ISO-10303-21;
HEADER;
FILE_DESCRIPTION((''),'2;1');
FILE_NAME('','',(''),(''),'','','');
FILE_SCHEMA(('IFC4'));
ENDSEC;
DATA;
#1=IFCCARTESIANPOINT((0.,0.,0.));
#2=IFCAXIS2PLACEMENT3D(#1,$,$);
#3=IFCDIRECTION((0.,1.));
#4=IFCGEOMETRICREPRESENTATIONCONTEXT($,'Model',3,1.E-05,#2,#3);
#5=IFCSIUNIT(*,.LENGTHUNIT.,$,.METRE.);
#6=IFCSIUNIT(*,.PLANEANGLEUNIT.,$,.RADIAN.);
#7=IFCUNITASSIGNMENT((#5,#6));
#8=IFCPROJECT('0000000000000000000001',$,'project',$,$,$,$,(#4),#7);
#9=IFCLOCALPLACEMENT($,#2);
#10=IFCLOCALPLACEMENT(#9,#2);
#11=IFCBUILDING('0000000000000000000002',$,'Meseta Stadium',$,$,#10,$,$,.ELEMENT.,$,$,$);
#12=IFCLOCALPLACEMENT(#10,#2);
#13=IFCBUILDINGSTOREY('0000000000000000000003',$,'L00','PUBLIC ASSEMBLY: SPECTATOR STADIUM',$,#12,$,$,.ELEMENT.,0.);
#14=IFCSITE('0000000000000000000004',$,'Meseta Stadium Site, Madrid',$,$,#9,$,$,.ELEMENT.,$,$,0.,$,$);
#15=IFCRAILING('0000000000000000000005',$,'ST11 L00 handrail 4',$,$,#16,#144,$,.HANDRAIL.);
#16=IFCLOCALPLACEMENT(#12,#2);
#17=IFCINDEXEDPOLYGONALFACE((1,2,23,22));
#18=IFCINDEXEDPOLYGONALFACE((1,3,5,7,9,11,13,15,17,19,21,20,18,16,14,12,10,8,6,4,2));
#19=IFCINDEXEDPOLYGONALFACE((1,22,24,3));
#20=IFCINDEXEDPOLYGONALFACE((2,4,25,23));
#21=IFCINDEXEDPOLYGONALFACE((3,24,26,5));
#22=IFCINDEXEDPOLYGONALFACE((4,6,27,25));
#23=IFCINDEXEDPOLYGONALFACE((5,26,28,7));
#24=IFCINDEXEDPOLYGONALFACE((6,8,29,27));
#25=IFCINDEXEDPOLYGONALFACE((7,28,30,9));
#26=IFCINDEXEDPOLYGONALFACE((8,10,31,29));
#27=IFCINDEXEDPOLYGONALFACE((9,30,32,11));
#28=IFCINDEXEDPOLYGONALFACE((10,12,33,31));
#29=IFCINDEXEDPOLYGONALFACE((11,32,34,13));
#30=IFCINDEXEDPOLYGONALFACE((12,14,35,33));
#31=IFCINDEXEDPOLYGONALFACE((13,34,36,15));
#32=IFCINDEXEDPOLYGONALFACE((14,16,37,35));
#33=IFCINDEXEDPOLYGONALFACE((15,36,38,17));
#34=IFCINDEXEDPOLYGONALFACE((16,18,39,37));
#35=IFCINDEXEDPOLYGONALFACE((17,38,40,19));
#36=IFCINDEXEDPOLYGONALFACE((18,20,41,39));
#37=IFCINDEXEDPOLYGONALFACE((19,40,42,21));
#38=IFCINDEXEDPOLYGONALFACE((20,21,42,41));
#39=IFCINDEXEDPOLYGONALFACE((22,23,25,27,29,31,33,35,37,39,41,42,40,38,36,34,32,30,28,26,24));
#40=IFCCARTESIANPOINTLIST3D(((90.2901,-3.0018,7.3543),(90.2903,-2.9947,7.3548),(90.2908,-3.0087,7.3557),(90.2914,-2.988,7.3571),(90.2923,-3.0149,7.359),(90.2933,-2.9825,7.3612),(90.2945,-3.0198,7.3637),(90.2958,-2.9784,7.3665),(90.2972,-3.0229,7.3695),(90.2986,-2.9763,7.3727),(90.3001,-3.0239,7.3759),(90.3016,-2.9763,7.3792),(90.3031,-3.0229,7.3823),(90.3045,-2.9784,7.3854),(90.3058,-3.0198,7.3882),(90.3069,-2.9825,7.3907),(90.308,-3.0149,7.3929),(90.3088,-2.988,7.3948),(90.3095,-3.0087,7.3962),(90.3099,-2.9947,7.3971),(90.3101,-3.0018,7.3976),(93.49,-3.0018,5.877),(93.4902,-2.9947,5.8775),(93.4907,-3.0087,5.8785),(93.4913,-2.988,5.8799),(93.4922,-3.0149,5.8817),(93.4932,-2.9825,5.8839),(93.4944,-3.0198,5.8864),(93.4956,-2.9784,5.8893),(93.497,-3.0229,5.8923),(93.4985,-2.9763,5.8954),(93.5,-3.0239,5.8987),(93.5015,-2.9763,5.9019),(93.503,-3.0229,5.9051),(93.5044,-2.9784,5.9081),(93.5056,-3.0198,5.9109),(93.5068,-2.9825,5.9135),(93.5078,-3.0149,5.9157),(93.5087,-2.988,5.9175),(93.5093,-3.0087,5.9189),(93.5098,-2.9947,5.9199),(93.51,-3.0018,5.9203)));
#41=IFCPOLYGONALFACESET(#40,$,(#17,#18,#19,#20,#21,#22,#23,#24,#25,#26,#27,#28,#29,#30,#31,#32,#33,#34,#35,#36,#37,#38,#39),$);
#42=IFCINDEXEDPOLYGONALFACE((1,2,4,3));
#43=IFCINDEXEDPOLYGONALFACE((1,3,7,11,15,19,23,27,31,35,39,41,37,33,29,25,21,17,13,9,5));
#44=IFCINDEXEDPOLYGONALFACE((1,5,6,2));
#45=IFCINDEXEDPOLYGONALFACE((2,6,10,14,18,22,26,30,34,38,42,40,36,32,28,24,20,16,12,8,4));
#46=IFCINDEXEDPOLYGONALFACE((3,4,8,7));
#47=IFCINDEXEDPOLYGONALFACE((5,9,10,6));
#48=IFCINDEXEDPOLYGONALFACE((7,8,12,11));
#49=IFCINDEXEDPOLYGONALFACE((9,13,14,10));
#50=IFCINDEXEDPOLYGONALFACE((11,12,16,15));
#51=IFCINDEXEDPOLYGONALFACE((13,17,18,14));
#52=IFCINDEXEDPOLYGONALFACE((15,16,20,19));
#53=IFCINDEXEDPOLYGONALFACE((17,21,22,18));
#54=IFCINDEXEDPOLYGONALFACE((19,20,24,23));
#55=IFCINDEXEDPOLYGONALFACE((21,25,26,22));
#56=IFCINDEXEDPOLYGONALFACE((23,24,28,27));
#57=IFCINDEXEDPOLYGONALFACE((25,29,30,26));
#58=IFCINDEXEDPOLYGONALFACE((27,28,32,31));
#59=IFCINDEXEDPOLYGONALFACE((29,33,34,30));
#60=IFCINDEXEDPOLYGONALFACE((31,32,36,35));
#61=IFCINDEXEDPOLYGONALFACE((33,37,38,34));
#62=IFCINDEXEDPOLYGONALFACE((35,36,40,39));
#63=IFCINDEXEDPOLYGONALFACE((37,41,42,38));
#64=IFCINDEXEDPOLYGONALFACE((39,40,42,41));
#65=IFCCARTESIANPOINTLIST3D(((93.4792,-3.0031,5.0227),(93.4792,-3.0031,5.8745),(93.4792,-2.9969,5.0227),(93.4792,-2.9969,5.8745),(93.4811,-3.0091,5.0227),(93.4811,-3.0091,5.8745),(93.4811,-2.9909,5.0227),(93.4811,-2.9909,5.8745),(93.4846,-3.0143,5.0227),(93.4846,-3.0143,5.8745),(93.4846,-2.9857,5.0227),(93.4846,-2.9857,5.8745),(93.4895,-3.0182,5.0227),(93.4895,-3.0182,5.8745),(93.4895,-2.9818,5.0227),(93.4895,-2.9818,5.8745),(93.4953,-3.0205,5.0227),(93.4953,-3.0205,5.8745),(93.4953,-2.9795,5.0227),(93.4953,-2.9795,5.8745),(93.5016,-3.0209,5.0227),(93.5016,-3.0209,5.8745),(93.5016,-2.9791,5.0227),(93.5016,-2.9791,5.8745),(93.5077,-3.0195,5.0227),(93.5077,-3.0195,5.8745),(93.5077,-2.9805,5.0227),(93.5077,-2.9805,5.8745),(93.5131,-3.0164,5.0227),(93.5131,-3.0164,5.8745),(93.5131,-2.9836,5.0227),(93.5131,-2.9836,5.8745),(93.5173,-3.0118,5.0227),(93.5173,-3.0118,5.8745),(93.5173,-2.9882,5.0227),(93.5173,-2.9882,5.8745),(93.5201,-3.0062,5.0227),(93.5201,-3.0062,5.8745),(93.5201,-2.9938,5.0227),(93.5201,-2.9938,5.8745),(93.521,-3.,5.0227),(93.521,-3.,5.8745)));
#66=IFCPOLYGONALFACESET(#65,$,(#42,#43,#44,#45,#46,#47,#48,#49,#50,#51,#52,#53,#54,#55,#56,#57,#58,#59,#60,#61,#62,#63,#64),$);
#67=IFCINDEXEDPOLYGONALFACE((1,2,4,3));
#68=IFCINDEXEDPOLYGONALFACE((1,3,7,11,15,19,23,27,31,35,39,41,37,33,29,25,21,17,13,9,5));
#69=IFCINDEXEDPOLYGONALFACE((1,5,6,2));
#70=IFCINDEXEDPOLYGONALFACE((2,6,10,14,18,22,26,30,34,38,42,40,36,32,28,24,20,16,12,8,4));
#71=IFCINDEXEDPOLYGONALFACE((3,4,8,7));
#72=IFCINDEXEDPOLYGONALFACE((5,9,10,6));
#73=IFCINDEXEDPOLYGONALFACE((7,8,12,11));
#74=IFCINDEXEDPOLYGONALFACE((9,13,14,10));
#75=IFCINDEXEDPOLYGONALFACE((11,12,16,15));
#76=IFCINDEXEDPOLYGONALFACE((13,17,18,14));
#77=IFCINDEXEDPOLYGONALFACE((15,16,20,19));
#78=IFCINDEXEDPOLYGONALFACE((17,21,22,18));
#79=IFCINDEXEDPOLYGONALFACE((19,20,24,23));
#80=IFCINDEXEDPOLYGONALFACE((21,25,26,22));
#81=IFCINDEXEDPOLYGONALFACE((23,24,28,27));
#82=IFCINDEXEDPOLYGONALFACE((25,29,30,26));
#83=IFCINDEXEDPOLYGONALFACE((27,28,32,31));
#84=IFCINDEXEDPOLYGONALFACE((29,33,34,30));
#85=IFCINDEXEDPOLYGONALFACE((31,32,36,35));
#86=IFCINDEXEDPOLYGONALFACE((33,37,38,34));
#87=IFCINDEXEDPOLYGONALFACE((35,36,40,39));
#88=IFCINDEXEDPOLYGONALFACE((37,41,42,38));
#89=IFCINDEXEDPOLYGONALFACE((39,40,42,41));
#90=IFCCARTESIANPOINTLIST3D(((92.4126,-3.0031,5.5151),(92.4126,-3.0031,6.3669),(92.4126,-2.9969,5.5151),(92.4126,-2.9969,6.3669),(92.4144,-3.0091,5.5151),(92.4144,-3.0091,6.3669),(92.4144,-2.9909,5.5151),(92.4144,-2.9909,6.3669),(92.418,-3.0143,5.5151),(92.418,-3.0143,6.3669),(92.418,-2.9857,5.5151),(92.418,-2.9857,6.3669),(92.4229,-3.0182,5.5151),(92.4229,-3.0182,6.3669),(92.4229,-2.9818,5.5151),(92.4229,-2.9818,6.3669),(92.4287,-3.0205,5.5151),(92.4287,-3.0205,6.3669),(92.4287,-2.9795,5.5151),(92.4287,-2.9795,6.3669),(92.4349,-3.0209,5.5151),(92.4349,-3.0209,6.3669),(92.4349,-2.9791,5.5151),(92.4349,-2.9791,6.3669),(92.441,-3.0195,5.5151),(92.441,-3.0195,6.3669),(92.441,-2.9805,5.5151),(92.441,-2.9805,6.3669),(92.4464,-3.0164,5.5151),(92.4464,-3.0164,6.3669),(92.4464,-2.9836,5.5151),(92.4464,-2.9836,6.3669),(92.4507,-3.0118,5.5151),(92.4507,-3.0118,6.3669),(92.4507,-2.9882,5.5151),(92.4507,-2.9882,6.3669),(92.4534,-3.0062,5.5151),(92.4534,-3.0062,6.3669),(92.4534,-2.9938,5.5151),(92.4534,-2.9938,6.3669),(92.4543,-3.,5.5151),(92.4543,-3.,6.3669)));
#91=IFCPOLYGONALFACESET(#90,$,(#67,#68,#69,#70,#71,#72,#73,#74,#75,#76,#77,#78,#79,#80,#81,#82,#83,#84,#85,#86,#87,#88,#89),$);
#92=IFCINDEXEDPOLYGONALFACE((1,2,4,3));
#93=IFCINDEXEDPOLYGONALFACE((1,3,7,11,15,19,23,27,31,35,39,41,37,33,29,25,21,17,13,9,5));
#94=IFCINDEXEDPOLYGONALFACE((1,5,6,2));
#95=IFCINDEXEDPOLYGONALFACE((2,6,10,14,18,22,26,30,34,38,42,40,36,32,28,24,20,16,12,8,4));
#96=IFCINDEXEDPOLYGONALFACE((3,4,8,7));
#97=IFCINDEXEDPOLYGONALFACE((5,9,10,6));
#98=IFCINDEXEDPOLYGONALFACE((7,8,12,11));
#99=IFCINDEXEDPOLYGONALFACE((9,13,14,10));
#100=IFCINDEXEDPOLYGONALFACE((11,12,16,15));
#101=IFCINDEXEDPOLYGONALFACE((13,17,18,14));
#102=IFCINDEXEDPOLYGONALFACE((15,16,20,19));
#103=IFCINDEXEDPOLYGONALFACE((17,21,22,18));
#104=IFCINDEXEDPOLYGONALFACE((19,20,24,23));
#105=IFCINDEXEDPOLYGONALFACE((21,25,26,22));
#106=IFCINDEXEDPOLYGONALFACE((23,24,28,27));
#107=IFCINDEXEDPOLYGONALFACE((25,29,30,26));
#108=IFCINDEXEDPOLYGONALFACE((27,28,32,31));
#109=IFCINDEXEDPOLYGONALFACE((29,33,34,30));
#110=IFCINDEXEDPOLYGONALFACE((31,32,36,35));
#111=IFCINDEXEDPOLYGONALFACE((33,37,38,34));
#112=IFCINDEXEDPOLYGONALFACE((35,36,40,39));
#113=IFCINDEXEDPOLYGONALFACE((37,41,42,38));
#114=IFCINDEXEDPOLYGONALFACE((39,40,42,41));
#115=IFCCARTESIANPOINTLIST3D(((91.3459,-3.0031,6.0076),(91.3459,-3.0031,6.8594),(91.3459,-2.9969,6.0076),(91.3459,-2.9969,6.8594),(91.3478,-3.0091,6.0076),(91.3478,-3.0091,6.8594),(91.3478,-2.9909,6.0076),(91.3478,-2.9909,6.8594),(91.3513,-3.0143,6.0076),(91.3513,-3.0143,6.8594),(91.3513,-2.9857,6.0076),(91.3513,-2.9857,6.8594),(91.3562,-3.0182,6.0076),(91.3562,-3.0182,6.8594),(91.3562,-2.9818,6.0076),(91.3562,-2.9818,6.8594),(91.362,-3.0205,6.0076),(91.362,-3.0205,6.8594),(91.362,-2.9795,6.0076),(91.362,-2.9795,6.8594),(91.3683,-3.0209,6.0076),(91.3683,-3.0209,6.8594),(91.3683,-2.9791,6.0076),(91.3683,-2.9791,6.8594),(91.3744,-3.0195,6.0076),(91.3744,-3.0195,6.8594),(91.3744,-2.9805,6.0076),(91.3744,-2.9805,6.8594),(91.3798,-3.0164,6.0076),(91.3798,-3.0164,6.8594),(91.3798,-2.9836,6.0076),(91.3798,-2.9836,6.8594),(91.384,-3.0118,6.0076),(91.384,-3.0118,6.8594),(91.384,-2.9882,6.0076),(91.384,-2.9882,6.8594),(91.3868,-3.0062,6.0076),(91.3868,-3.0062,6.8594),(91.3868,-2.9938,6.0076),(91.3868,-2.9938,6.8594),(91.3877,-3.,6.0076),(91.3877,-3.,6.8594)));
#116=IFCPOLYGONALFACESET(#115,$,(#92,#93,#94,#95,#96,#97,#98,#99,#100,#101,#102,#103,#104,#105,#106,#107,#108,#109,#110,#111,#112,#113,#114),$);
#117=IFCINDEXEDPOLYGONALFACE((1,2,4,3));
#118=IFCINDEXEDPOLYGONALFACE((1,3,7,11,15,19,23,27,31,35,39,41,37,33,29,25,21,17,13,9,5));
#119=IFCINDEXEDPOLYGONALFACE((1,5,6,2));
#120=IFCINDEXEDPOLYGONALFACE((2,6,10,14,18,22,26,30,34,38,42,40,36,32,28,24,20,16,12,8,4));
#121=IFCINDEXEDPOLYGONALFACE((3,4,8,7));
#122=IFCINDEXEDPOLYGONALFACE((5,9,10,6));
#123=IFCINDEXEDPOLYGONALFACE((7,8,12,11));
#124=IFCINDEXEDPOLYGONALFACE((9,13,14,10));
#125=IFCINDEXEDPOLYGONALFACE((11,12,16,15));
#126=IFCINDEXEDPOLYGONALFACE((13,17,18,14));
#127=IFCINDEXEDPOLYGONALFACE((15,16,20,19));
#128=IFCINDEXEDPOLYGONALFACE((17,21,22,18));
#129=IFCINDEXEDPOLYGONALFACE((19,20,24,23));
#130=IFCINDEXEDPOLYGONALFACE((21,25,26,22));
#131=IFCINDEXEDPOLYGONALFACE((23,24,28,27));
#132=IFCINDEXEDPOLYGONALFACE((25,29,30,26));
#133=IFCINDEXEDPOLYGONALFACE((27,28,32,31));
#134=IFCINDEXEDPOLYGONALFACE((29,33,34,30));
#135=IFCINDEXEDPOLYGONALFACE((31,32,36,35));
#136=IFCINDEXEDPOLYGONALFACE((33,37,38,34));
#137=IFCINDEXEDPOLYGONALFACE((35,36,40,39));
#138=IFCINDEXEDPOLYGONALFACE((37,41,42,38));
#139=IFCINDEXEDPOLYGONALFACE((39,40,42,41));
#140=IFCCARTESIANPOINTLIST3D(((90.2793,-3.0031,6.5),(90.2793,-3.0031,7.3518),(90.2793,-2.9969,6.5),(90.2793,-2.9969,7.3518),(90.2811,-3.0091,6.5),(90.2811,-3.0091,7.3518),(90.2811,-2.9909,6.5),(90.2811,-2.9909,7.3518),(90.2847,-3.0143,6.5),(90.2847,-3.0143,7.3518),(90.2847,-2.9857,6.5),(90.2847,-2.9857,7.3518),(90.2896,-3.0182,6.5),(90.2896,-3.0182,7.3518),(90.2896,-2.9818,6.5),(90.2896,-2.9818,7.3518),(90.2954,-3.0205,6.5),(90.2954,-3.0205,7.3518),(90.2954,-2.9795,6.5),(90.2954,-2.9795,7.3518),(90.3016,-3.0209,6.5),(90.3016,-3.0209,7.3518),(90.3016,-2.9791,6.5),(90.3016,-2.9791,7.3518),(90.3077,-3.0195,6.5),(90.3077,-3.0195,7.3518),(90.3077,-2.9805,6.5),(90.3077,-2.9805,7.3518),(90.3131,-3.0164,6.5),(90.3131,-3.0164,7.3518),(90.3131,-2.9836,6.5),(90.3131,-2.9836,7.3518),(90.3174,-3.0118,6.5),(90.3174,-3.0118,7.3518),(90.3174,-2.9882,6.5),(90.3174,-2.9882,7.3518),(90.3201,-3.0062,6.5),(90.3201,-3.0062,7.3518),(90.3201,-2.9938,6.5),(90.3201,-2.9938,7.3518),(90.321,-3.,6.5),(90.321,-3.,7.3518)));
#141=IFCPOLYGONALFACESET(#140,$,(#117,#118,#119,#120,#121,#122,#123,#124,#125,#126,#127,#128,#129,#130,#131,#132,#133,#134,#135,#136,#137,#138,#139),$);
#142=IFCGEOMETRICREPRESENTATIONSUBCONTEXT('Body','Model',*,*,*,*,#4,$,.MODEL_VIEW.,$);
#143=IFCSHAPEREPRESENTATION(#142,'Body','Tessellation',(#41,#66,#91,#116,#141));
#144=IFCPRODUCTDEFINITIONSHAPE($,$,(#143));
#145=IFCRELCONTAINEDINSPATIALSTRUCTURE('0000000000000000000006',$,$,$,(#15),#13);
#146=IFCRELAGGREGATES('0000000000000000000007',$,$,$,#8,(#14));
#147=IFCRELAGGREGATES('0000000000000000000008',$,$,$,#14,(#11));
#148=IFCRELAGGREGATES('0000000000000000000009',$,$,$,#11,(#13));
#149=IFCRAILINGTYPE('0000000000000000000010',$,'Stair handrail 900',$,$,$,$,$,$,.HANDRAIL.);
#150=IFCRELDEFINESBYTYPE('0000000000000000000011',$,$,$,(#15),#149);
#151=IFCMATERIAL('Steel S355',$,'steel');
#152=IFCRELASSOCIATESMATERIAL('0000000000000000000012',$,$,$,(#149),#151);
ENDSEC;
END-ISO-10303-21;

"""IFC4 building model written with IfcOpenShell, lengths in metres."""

from ifc_helpers import new_model, si_unit, direction, frame, origin, origin_2d, place, context, subcontext, project, spatial, circle, extrude, material, type_object, element, save


model = new_model("IFC4")

# Units and contexts
model_context = context("Model", 3, precision=1e-05, world=origin(), true_north=direction((0.0, 1.0)))
body_context = subcontext(model_context, "Body", "Model", "MODEL_VIEW")
ifc_project = project(units=[si_unit("LENGTHUNIT", "METRE"), si_unit("PLANEANGLEUNIT", "RADIAN")], contexts=[model_context])

# Site, building, storey
site_placement = place(None, origin())
site = spatial("IfcSite", under=ifc_project, at=site_placement, Name="Meseta Stadium Site, Madrid", CompositionType="ELEMENT", RefElevation=0.0)
building_placement = place(site_placement, origin())
building = spatial("IfcBuilding", under=site, at=building_placement, Name="Meseta Stadium", CompositionType="ELEMENT")
storey_placement = place(building_placement, origin())
storey = spatial("IfcBuildingStorey", under=building, at=storey_placement, Name="L00", Description="PUBLIC ASSEMBLY: SPECTATOR STADIUM", CompositionType="ELEMENT", Elevation=0.0)

# Railing
ifc_material_1 = material(Name="Steel S355", Category="steel")
railing_type_1 = type_object("IfcRailingType", Name="Stair handrail 900", PredefinedType="HANDRAIL", material=ifc_material_1)
for number, where, name in (
    (1, (93.5, -3.0, 5.0227), "ST11 L00 handrail 4"),
):
    element("IfcRailing", number, at=place(storey_placement, frame(where)), inside=storey, type_object=railing_type_1, Name=name, PredefinedType="HANDRAIL", context=body_context, shape_type="SweptSolid", body=[
        extrude(circle(Radius=0.0239, at=origin_2d()), frame((0.0, 0.0, 0.876), z_axis=(-0.907917, 0.0, 0.41915), x_axis=(0.0, -1.0, 0.0)), (0.0, 0.0, 1.0), 3.5244),
        extrude(circle(Radius=0.021, at=origin_2d()), origin(), (0.0, 0.0, 1.0), 0.8518),
        extrude(circle(Radius=0.021, at=origin_2d()), frame((-1.0667, 0.0, 0.4924)), (0.0, 0.0, 1.0), 0.8518),
        extrude(circle(Radius=0.021, at=origin_2d()), frame((-2.1333, 0.0, 0.9849)), (0.0, 0.0, 1.0), 0.8518),
        extrude(circle(Radius=0.021, at=origin_2d()), frame((-3.2, 0.0, 1.4773)), (0.0, 0.0, 1.0), 0.8518),
    ])

save(model, "model.ifc")
